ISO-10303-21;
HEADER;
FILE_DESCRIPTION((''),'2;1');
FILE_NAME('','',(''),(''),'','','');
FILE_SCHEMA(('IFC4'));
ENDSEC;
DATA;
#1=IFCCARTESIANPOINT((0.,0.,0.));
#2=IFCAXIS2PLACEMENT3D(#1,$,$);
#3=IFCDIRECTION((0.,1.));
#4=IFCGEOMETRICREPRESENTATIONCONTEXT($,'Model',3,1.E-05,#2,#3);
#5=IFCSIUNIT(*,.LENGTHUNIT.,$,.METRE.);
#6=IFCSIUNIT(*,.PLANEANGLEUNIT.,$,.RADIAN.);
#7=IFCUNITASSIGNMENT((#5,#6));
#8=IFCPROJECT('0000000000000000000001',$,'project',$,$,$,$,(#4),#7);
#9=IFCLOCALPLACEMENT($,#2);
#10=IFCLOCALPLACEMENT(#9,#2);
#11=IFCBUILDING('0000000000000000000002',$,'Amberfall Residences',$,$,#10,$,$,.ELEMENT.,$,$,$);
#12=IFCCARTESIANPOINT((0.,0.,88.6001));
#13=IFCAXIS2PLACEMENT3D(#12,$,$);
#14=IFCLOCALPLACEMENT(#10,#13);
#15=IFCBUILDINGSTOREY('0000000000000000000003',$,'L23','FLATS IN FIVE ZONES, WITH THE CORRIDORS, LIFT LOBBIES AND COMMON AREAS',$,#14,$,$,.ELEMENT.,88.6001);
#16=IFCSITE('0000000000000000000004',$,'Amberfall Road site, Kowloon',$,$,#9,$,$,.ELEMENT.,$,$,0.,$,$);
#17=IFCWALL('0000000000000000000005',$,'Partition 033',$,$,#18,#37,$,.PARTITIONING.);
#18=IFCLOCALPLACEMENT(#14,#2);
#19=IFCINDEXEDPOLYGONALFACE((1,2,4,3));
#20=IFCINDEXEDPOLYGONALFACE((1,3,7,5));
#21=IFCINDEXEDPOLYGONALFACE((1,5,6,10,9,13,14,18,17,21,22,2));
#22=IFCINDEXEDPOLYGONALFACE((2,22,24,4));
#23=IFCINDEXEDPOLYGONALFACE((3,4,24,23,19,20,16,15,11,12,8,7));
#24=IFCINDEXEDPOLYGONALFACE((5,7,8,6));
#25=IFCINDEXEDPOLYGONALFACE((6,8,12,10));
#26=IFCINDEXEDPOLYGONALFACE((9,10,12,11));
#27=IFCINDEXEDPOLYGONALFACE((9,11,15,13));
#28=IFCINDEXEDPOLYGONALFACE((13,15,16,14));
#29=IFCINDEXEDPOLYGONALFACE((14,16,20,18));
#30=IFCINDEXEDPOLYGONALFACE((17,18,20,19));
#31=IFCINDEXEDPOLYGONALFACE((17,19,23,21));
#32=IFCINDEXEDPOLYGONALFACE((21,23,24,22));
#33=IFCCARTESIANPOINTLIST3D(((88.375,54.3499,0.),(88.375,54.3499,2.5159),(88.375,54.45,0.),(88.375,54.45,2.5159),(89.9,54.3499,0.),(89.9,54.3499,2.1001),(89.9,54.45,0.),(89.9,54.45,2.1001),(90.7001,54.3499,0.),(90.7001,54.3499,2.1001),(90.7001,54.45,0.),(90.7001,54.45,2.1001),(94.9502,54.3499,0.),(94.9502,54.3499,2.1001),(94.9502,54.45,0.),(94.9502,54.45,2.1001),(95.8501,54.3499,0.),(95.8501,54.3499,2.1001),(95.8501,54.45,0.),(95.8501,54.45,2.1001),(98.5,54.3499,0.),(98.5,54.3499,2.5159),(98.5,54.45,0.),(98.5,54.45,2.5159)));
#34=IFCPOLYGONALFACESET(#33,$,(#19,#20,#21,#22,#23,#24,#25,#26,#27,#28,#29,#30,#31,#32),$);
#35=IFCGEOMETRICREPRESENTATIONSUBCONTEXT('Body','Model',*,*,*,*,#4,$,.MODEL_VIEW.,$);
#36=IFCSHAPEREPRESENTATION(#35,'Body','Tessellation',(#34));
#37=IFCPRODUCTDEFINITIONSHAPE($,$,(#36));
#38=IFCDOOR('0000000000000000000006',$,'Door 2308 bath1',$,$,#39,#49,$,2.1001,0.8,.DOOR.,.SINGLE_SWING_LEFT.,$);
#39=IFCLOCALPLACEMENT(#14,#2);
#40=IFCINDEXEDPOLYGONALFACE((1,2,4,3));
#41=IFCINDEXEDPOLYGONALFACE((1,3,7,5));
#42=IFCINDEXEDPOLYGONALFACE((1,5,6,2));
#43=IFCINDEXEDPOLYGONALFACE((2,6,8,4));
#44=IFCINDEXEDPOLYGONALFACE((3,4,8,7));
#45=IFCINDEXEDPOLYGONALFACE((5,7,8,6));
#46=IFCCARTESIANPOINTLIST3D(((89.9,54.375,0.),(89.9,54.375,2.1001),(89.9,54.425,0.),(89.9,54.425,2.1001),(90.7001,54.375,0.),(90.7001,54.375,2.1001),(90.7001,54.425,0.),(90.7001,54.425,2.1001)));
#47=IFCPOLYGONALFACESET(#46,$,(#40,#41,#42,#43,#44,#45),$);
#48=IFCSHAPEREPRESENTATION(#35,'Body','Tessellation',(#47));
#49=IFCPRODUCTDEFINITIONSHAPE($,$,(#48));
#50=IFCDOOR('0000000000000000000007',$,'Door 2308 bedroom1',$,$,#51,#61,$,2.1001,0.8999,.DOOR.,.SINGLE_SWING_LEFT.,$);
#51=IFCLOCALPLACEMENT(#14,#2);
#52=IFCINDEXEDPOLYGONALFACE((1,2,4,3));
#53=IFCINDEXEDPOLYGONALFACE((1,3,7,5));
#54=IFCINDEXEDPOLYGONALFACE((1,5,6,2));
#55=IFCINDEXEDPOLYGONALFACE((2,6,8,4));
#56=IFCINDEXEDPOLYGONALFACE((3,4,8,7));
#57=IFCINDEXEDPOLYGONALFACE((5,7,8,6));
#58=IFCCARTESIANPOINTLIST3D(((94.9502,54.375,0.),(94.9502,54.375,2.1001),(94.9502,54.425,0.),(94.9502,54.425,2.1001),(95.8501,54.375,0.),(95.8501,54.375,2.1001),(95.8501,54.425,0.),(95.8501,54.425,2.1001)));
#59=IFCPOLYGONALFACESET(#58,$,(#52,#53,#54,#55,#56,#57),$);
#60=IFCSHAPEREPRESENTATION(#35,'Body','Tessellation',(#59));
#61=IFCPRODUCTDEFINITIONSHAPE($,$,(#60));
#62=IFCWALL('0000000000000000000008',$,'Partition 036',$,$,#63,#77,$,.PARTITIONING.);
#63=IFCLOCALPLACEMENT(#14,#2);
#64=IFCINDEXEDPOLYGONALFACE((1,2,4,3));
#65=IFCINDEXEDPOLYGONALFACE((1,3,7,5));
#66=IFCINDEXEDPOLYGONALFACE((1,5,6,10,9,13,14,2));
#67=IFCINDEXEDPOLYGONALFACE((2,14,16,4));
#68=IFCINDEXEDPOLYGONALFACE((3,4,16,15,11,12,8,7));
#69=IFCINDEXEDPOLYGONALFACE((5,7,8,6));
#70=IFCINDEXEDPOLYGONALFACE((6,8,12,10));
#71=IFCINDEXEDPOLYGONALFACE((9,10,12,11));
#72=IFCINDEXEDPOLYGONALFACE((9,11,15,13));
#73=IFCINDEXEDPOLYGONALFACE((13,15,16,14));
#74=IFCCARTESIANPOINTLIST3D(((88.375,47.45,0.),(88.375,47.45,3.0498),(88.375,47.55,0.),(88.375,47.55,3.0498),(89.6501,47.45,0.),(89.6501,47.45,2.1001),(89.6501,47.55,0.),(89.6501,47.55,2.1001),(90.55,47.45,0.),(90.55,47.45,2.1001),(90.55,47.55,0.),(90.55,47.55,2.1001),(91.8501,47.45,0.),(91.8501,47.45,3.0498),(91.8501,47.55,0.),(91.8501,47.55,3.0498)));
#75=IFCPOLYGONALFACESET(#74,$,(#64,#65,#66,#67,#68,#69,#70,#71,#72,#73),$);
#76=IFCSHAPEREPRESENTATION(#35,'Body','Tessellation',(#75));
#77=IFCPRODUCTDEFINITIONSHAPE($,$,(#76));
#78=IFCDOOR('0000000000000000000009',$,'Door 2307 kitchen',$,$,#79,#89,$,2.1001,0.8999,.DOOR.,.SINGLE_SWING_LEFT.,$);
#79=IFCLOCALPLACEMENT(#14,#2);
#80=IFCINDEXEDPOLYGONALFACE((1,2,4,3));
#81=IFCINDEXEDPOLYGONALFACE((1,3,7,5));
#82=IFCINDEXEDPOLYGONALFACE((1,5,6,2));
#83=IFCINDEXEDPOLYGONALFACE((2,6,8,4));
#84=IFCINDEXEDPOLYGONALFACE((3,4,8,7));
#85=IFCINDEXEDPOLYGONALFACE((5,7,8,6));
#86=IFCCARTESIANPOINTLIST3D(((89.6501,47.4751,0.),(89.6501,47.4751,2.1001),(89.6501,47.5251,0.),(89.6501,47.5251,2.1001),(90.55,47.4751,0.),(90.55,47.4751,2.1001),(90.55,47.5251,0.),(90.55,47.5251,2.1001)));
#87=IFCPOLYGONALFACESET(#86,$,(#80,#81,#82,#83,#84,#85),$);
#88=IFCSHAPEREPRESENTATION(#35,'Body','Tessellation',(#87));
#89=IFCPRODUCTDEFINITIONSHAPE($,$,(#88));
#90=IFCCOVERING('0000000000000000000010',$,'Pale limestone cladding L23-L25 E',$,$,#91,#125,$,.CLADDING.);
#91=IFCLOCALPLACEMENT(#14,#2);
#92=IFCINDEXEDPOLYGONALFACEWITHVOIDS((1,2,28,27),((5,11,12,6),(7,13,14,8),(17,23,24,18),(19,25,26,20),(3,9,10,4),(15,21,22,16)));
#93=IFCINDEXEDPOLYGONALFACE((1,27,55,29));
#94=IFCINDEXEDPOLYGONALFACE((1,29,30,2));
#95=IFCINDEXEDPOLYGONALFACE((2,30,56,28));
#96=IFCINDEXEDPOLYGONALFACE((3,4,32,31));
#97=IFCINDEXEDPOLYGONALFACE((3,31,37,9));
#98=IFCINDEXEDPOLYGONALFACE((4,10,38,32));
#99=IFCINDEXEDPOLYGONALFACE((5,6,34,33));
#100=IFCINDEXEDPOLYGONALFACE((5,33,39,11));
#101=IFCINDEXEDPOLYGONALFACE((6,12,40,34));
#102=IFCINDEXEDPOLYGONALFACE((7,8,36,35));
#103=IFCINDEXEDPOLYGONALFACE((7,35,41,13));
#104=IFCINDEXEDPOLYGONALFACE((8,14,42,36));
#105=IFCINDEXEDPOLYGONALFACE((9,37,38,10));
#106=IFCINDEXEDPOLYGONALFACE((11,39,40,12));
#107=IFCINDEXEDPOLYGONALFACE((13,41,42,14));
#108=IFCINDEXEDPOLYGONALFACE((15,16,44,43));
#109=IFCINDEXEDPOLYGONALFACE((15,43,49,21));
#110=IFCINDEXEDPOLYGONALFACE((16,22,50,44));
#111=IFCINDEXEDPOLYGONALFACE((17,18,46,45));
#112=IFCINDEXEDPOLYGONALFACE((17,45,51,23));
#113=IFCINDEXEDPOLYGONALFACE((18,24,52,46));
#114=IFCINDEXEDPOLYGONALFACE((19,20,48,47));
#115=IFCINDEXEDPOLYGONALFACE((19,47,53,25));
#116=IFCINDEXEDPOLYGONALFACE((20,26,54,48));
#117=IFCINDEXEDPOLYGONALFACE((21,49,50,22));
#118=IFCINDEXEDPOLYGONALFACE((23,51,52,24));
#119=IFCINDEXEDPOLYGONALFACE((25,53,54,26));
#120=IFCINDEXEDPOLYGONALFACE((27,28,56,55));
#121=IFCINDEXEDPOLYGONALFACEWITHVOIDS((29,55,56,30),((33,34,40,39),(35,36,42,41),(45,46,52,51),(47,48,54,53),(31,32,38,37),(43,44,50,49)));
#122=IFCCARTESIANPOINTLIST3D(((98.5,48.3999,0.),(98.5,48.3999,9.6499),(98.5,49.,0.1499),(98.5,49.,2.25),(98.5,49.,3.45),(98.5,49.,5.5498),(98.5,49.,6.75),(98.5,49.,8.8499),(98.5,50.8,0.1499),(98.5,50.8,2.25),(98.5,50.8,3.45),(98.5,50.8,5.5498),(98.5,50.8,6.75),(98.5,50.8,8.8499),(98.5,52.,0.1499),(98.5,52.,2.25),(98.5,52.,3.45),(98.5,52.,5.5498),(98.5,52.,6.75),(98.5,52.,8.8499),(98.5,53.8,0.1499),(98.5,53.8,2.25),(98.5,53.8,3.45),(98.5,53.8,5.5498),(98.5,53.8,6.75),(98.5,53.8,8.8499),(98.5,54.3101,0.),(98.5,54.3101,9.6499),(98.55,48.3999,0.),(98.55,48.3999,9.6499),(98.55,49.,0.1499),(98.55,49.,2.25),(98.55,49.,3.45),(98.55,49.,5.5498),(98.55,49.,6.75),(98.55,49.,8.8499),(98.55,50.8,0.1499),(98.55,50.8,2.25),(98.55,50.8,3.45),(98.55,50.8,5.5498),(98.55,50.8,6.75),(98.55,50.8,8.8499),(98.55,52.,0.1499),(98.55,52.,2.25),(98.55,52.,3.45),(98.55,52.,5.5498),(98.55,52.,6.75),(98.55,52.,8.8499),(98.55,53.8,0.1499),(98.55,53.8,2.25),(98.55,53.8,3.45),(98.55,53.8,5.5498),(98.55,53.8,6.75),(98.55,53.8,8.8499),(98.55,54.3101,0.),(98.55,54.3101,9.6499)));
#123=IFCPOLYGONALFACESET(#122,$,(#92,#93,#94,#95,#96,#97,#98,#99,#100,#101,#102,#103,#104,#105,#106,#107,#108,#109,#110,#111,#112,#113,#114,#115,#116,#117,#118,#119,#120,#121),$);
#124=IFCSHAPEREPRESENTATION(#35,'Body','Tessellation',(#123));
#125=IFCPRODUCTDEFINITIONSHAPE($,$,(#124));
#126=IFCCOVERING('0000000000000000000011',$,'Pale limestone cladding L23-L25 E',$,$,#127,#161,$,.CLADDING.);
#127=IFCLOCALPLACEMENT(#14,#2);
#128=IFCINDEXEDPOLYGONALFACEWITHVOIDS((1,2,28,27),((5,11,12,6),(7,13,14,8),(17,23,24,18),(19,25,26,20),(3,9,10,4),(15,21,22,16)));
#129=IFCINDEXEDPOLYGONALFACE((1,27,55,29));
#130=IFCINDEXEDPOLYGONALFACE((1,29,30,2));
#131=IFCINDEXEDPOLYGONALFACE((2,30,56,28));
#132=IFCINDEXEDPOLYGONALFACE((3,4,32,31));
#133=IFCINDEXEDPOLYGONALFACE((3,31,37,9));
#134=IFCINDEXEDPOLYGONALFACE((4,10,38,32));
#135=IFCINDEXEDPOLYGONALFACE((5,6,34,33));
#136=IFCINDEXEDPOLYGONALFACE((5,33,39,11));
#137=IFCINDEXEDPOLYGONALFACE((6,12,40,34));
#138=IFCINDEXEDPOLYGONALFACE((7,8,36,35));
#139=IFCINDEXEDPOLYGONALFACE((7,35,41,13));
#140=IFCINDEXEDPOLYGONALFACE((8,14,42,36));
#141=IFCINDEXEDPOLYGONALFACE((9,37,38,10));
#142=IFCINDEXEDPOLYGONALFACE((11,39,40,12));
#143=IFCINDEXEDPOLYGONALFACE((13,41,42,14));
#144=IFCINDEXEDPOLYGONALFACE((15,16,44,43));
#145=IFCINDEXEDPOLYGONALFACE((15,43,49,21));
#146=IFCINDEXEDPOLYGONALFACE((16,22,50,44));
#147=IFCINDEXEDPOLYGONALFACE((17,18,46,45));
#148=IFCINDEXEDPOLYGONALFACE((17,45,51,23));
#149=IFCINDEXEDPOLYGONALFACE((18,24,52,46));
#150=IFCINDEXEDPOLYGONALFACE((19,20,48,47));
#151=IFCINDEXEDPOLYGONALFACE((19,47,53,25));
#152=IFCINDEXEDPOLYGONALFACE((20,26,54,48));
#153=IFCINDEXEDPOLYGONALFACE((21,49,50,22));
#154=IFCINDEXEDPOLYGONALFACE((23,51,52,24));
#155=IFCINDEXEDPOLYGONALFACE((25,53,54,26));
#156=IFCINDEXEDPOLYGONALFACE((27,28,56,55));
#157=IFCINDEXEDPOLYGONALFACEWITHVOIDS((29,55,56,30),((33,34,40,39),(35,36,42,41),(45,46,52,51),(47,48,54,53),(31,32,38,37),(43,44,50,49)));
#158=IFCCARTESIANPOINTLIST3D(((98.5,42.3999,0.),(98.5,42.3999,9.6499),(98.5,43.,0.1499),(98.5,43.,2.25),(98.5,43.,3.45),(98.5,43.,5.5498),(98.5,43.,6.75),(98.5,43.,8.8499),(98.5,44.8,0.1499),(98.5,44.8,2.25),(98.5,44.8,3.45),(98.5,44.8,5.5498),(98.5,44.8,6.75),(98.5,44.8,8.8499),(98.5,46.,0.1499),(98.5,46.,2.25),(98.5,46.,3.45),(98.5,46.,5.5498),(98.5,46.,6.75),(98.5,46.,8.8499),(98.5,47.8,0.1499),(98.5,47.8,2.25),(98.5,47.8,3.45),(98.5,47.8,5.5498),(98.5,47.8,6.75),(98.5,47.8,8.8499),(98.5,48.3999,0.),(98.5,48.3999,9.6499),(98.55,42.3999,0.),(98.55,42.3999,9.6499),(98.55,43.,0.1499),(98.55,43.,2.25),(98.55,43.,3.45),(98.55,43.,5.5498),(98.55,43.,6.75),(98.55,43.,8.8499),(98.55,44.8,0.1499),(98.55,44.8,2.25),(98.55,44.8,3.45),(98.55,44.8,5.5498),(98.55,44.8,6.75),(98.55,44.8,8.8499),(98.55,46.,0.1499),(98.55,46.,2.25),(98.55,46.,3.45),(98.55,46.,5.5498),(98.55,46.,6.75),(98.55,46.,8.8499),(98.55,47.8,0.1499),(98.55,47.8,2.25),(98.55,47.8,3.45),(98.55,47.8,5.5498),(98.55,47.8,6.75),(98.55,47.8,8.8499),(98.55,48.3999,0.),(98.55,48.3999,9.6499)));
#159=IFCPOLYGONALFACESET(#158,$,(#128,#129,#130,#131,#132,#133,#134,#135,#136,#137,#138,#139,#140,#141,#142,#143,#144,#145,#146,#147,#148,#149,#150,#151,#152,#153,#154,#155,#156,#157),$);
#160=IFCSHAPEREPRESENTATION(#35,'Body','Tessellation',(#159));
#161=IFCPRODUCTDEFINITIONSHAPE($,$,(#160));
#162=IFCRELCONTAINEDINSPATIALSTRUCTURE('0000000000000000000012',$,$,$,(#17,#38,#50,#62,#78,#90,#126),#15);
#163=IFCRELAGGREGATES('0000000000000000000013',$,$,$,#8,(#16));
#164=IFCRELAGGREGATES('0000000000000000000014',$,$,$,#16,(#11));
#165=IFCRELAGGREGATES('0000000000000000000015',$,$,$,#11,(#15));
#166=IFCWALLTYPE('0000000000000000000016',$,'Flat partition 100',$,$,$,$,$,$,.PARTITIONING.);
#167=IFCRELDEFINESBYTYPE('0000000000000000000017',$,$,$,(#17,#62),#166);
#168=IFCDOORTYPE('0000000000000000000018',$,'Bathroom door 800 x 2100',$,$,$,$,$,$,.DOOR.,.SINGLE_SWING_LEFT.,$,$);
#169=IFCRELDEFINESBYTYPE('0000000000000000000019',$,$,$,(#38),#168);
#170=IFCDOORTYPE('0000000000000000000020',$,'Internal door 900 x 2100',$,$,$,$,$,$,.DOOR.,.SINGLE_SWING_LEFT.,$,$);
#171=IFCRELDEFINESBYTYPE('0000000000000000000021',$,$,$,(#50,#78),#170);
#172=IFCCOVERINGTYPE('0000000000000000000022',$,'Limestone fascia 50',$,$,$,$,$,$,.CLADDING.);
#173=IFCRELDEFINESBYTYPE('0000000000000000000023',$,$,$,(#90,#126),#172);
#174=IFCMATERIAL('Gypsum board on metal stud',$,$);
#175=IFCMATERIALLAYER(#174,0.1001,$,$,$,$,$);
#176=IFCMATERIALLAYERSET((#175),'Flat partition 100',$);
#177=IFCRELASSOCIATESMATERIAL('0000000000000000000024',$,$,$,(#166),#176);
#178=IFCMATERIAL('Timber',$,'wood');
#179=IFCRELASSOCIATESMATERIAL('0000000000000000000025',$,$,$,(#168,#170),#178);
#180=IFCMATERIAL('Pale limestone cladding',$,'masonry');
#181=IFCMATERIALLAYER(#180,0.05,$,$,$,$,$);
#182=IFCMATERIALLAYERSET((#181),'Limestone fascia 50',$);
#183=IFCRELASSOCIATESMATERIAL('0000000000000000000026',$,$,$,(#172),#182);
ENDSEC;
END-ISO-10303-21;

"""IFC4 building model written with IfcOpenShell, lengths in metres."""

from ifc_helpers import new_model, si_unit, direction, frame, frame_2d, origin, place, context, subcontext, project, spatial, polyline, rectangle, outline, extrude, material, layer, layer_set, type_object, element, fill, save


model = new_model("IFC4")

# Units and contexts
model_context = context("Model", 3, precision=1e-05, world=origin(), true_north=direction((0.0, 1.0)))
body_context = subcontext(model_context, "Body", "Model", "MODEL_VIEW")
ifc_project = project(units=[si_unit("LENGTHUNIT", "METRE"), si_unit("PLANEANGLEUNIT", "RADIAN")], contexts=[model_context])

# Site, building, storey
site_placement = place(None, origin())
site = spatial("IfcSite", under=ifc_project, at=site_placement, Name="Amberfall Road site, Kowloon", CompositionType="ELEMENT", RefElevation=0.0)
building_placement = place(site_placement, origin())
building = spatial("IfcBuilding", under=site, at=building_placement, Name="Amberfall Residences", CompositionType="ELEMENT")
storey_placement = place(building_placement, frame((0.0, 0.0, 88.6001)))
storey = spatial("IfcBuildingStorey", under=building, at=storey_placement, Name="L23", Description="FLATS IN FIVE ZONES, WITH THE CORRIDORS, LIFT LOBBIES AND COMMON AREAS", CompositionType="ELEMENT", Elevation=88.6001)

# Shared definitions
ifc_material_1 = material(Name="Gypsum board on metal stud")
ifc_layer_1 = layer(ifc_material_1, 0.1001)
ifc_layer_set_1 = layer_set([ifc_layer_1], Name="Flat partition 100")
wall_type_1 = type_object("IfcWallType", Name="Flat partition 100", PredefinedType="PARTITIONING", material=ifc_layer_set_1)

# Wall, openings, doors
wall_1_placement = place(storey_placement, frame((98.5, 54.3999, 0.0), z_axis=(0.0, 0.0, 1.0), x_axis=(-1.0, 0.0, 0.0)))
wall_1 = element("IfcWall", 1, at=wall_1_placement, inside=storey, type_object=wall_type_1, Name="Partition 033", PredefinedType="PARTITIONING", context=body_context, shape_type="SweptSolid", body=[
    extrude(rectangle(XDim=10.125, YDim=0.1001, at=frame_2d((5.0625, 0.0))), origin(), (0.0, 0.0, 1.0), 2.5159),
])
opening_1_placement = place(wall_1_placement, frame((2.6499, 0.0, 0.0)))
opening_1 = element("IfcOpeningElement", 2, at=opening_1_placement, cuts=wall_1, PredefinedType="OPENING", context=body_context, shape_type="SweptSolid", body=[
    extrude(rectangle(XDim=0.8999, YDim=2.1001, at=frame_2d((0.45, 1.05))), frame((0.0, 0.0601, 0.0), z_axis=(0.0, -1.0, 0.0), x_axis=(1.0, 0.0, 0.0)), (0.0, 0.0, 1.0), 0.1201),
])
opening_2_placement = place(wall_1_placement, frame((7.8, 0.0, 0.0)))
opening_2 = element("IfcOpeningElement", 3, at=opening_2_placement, cuts=wall_1, PredefinedType="OPENING", context=body_context, shape_type="SweptSolid", body=[
    extrude(rectangle(XDim=0.8, YDim=2.1001, at=frame_2d((0.3999, 1.05))), frame((0.0, 0.0601, 0.0), z_axis=(0.0, -1.0, 0.0), x_axis=(1.0, 0.0, 0.0)), (0.0, 0.0, 1.0), 0.1201),
])
ifc_material_2 = material(Name="Timber", Category="wood")
door_type_1 = type_object("IfcDoorType", Name="Bathroom door 800 x 2100", OperationType="SINGLE_SWING_LEFT", PredefinedType="DOOR", material=ifc_material_2)
door_1_placement = place(opening_2_placement, origin())
door_1 = element("IfcDoor", 4, at=door_1_placement, inside=storey, type_object=door_type_1, Name="Door 2308 bath1", OperationType="SINGLE_SWING_LEFT", OverallHeight=2.1001, OverallWidth=0.8, PredefinedType="DOOR", context=body_context, shape_type="SweptSolid", body=[
    extrude(rectangle(XDim=0.8, YDim=2.1001, at=frame_2d((0.3999, 1.05))), frame((0.0, 0.0249, 0.0), z_axis=(0.0, -1.0, 0.0), x_axis=(1.0, 0.0, 0.0)), (0.0, 0.0, 1.0), 0.05),
])
fill(opening_2, door_1)
door_type_2 = type_object("IfcDoorType", Name="Internal door 900 x 2100", OperationType="SINGLE_SWING_LEFT", PredefinedType="DOOR", material=ifc_material_2)
door_2_placement = place(opening_1_placement, origin())
door_2 = element("IfcDoor", 5, at=door_2_placement, inside=storey, type_object=door_type_2, Name="Door 2308 bedroom1", OperationType="SINGLE_SWING_LEFT", OverallHeight=2.1001, OverallWidth=0.8999, PredefinedType="DOOR", context=body_context, shape_type="SweptSolid", body=[
    extrude(rectangle(XDim=0.8999, YDim=2.1001, at=frame_2d((0.45, 1.05))), frame((0.0, 0.0249, 0.0), z_axis=(0.0, -1.0, 0.0), x_axis=(1.0, 0.0, 0.0)), (0.0, 0.0, 1.0), 0.05),
])
fill(opening_1, door_2)

# Wall, opening, door
wall_2_placement = place(storey_placement, frame((91.8501, 47.5, 0.0), z_axis=(0.0, 0.0, 1.0), x_axis=(-1.0, 0.0, 0.0)))
wall_2 = element("IfcWall", 6, at=wall_2_placement, inside=storey, type_object=wall_type_1, Name="Partition 036", PredefinedType="PARTITIONING", context=body_context, shape_type="SweptSolid", body=[
    extrude(rectangle(XDim=3.4751, YDim=0.1001, at=frame_2d((1.7375, 0.0))), origin(), (0.0, 0.0, 1.0), 3.0498),
])
opening_3_placement = place(wall_2_placement, frame((1.3, 0.0, 0.0)))
opening_3 = element("IfcOpeningElement", 7, at=opening_3_placement, cuts=wall_2, PredefinedType="OPENING", context=body_context, shape_type="SweptSolid", body=[
    extrude(rectangle(XDim=0.8999, YDim=2.1001, at=frame_2d((0.45, 1.05))), frame((0.0, 0.0601, 0.0), z_axis=(0.0, -1.0, 0.0), x_axis=(1.0, 0.0, 0.0)), (0.0, 0.0, 1.0), 0.1201),
])
door_3_placement = place(opening_3_placement, origin())
door_3 = element("IfcDoor", 8, at=door_3_placement, inside=storey, type_object=door_type_2, Name="Door 2307 kitchen", OperationType="SINGLE_SWING_LEFT", OverallHeight=2.1001, OverallWidth=0.8999, PredefinedType="DOOR", context=body_context, shape_type="SweptSolid", body=[
    extrude(rectangle(XDim=0.8999, YDim=2.1001, at=frame_2d((0.45, 1.05))), frame((0.0, 0.0249, 0.0), z_axis=(0.0, -1.0, 0.0), x_axis=(1.0, 0.0, 0.0)), (0.0, 0.0, 1.0), 0.05),
])
fill(opening_3, door_3)

# Coverings
ifc_material_3 = material(Name="Pale limestone cladding", Category="masonry")
ifc_layer_2 = layer(ifc_material_3, 0.05)
ifc_layer_set_2 = layer_set([ifc_layer_2], Name="Limestone fascia 50")
covering_type = type_object("IfcCoveringType", Name="Limestone fascia 50", PredefinedType="CLADDING", material=ifc_layer_set_2)
covering_1_placement = place(storey_placement, frame((98.5, 48.3999, 9.6499), z_axis=(-1.0, 0.0, 0.0), x_axis=(0.0, 1.0, 0.0)))
element("IfcCovering", 9, at=covering_1_placement, inside=storey, type_object=covering_type, Name="Pale limestone cladding L23-L25 E", PredefinedType="CLADDING", context=body_context, shape_type="SweptSolid", body=[
    extrude(outline(polyline([(0.0, 0.0), (5.9102, 0.0), (5.9102, 9.6499), (0.0, 9.6499), (0.0, 0.0)]), holes=[polyline([(0.6001, 7.3999), (2.4001, 7.3999), (2.4001, 9.5), (0.6001, 9.5), (0.6001, 7.3999)]), polyline([(3.6001, 7.3999), (5.4001, 7.3999), (5.4001, 9.5), (3.6001, 9.5), (3.6001, 7.3999)]), polyline([(0.6001, 4.1001), (2.4001, 4.1001), (2.4001, 6.2), (0.6001, 6.2), (0.6001, 4.1001)]), polyline([(3.6001, 4.1001), (5.4001, 4.1001), (5.4001, 6.2), (3.6001, 6.2), (3.6001, 4.1001)]), polyline([(0.6001, 0.8), (2.4001, 0.8), (2.4001, 2.8999), (0.6001, 2.8999), (0.6001, 0.8)]), polyline([(3.6001, 0.8), (5.4001, 0.8), (5.4001, 2.8999), (3.6001, 2.8999), (3.6001, 0.8)])]), origin(), (0.0, 0.0, -1.0), 0.05),
])
covering_2_placement = place(storey_placement, frame((98.5, 42.3999, 9.6499), z_axis=(-1.0, 0.0, 0.0), x_axis=(0.0, 1.0, 0.0)))
element("IfcCovering", 10, at=covering_2_placement, inside=storey, type_object=covering_type, Name="Pale limestone cladding L23-L25 E", PredefinedType="CLADDING", context=body_context, shape_type="SweptSolid", body=[
    extrude(outline(polyline([(0.0, 0.0), (6.0, 0.0), (6.0, 9.6499), (0.0, 9.6499), (0.0, 0.0)]), holes=[polyline([(0.6001, 7.3999), (2.4001, 7.3999), (2.4001, 9.5), (0.6001, 9.5), (0.6001, 7.3999)]), polyline([(3.6001, 7.3999), (5.4001, 7.3999), (5.4001, 9.5), (3.6001, 9.5), (3.6001, 7.3999)]), polyline([(0.6001, 4.1001), (2.4001, 4.1001), (2.4001, 6.2), (0.6001, 6.2), (0.6001, 4.1001)]), polyline([(3.6001, 4.1001), (5.4001, 4.1001), (5.4001, 6.2), (3.6001, 6.2), (3.6001, 4.1001)]), polyline([(0.6001, 0.8), (2.4001, 0.8), (2.4001, 2.8999), (0.6001, 2.8999), (0.6001, 0.8)]), polyline([(3.6001, 0.8), (5.4001, 0.8), (5.4001, 2.8999), (3.6001, 2.8999), (3.6001, 0.8)])]), origin(), (0.0, 0.0, -1.0), 0.05),
])

save(model, "model.ifc")
